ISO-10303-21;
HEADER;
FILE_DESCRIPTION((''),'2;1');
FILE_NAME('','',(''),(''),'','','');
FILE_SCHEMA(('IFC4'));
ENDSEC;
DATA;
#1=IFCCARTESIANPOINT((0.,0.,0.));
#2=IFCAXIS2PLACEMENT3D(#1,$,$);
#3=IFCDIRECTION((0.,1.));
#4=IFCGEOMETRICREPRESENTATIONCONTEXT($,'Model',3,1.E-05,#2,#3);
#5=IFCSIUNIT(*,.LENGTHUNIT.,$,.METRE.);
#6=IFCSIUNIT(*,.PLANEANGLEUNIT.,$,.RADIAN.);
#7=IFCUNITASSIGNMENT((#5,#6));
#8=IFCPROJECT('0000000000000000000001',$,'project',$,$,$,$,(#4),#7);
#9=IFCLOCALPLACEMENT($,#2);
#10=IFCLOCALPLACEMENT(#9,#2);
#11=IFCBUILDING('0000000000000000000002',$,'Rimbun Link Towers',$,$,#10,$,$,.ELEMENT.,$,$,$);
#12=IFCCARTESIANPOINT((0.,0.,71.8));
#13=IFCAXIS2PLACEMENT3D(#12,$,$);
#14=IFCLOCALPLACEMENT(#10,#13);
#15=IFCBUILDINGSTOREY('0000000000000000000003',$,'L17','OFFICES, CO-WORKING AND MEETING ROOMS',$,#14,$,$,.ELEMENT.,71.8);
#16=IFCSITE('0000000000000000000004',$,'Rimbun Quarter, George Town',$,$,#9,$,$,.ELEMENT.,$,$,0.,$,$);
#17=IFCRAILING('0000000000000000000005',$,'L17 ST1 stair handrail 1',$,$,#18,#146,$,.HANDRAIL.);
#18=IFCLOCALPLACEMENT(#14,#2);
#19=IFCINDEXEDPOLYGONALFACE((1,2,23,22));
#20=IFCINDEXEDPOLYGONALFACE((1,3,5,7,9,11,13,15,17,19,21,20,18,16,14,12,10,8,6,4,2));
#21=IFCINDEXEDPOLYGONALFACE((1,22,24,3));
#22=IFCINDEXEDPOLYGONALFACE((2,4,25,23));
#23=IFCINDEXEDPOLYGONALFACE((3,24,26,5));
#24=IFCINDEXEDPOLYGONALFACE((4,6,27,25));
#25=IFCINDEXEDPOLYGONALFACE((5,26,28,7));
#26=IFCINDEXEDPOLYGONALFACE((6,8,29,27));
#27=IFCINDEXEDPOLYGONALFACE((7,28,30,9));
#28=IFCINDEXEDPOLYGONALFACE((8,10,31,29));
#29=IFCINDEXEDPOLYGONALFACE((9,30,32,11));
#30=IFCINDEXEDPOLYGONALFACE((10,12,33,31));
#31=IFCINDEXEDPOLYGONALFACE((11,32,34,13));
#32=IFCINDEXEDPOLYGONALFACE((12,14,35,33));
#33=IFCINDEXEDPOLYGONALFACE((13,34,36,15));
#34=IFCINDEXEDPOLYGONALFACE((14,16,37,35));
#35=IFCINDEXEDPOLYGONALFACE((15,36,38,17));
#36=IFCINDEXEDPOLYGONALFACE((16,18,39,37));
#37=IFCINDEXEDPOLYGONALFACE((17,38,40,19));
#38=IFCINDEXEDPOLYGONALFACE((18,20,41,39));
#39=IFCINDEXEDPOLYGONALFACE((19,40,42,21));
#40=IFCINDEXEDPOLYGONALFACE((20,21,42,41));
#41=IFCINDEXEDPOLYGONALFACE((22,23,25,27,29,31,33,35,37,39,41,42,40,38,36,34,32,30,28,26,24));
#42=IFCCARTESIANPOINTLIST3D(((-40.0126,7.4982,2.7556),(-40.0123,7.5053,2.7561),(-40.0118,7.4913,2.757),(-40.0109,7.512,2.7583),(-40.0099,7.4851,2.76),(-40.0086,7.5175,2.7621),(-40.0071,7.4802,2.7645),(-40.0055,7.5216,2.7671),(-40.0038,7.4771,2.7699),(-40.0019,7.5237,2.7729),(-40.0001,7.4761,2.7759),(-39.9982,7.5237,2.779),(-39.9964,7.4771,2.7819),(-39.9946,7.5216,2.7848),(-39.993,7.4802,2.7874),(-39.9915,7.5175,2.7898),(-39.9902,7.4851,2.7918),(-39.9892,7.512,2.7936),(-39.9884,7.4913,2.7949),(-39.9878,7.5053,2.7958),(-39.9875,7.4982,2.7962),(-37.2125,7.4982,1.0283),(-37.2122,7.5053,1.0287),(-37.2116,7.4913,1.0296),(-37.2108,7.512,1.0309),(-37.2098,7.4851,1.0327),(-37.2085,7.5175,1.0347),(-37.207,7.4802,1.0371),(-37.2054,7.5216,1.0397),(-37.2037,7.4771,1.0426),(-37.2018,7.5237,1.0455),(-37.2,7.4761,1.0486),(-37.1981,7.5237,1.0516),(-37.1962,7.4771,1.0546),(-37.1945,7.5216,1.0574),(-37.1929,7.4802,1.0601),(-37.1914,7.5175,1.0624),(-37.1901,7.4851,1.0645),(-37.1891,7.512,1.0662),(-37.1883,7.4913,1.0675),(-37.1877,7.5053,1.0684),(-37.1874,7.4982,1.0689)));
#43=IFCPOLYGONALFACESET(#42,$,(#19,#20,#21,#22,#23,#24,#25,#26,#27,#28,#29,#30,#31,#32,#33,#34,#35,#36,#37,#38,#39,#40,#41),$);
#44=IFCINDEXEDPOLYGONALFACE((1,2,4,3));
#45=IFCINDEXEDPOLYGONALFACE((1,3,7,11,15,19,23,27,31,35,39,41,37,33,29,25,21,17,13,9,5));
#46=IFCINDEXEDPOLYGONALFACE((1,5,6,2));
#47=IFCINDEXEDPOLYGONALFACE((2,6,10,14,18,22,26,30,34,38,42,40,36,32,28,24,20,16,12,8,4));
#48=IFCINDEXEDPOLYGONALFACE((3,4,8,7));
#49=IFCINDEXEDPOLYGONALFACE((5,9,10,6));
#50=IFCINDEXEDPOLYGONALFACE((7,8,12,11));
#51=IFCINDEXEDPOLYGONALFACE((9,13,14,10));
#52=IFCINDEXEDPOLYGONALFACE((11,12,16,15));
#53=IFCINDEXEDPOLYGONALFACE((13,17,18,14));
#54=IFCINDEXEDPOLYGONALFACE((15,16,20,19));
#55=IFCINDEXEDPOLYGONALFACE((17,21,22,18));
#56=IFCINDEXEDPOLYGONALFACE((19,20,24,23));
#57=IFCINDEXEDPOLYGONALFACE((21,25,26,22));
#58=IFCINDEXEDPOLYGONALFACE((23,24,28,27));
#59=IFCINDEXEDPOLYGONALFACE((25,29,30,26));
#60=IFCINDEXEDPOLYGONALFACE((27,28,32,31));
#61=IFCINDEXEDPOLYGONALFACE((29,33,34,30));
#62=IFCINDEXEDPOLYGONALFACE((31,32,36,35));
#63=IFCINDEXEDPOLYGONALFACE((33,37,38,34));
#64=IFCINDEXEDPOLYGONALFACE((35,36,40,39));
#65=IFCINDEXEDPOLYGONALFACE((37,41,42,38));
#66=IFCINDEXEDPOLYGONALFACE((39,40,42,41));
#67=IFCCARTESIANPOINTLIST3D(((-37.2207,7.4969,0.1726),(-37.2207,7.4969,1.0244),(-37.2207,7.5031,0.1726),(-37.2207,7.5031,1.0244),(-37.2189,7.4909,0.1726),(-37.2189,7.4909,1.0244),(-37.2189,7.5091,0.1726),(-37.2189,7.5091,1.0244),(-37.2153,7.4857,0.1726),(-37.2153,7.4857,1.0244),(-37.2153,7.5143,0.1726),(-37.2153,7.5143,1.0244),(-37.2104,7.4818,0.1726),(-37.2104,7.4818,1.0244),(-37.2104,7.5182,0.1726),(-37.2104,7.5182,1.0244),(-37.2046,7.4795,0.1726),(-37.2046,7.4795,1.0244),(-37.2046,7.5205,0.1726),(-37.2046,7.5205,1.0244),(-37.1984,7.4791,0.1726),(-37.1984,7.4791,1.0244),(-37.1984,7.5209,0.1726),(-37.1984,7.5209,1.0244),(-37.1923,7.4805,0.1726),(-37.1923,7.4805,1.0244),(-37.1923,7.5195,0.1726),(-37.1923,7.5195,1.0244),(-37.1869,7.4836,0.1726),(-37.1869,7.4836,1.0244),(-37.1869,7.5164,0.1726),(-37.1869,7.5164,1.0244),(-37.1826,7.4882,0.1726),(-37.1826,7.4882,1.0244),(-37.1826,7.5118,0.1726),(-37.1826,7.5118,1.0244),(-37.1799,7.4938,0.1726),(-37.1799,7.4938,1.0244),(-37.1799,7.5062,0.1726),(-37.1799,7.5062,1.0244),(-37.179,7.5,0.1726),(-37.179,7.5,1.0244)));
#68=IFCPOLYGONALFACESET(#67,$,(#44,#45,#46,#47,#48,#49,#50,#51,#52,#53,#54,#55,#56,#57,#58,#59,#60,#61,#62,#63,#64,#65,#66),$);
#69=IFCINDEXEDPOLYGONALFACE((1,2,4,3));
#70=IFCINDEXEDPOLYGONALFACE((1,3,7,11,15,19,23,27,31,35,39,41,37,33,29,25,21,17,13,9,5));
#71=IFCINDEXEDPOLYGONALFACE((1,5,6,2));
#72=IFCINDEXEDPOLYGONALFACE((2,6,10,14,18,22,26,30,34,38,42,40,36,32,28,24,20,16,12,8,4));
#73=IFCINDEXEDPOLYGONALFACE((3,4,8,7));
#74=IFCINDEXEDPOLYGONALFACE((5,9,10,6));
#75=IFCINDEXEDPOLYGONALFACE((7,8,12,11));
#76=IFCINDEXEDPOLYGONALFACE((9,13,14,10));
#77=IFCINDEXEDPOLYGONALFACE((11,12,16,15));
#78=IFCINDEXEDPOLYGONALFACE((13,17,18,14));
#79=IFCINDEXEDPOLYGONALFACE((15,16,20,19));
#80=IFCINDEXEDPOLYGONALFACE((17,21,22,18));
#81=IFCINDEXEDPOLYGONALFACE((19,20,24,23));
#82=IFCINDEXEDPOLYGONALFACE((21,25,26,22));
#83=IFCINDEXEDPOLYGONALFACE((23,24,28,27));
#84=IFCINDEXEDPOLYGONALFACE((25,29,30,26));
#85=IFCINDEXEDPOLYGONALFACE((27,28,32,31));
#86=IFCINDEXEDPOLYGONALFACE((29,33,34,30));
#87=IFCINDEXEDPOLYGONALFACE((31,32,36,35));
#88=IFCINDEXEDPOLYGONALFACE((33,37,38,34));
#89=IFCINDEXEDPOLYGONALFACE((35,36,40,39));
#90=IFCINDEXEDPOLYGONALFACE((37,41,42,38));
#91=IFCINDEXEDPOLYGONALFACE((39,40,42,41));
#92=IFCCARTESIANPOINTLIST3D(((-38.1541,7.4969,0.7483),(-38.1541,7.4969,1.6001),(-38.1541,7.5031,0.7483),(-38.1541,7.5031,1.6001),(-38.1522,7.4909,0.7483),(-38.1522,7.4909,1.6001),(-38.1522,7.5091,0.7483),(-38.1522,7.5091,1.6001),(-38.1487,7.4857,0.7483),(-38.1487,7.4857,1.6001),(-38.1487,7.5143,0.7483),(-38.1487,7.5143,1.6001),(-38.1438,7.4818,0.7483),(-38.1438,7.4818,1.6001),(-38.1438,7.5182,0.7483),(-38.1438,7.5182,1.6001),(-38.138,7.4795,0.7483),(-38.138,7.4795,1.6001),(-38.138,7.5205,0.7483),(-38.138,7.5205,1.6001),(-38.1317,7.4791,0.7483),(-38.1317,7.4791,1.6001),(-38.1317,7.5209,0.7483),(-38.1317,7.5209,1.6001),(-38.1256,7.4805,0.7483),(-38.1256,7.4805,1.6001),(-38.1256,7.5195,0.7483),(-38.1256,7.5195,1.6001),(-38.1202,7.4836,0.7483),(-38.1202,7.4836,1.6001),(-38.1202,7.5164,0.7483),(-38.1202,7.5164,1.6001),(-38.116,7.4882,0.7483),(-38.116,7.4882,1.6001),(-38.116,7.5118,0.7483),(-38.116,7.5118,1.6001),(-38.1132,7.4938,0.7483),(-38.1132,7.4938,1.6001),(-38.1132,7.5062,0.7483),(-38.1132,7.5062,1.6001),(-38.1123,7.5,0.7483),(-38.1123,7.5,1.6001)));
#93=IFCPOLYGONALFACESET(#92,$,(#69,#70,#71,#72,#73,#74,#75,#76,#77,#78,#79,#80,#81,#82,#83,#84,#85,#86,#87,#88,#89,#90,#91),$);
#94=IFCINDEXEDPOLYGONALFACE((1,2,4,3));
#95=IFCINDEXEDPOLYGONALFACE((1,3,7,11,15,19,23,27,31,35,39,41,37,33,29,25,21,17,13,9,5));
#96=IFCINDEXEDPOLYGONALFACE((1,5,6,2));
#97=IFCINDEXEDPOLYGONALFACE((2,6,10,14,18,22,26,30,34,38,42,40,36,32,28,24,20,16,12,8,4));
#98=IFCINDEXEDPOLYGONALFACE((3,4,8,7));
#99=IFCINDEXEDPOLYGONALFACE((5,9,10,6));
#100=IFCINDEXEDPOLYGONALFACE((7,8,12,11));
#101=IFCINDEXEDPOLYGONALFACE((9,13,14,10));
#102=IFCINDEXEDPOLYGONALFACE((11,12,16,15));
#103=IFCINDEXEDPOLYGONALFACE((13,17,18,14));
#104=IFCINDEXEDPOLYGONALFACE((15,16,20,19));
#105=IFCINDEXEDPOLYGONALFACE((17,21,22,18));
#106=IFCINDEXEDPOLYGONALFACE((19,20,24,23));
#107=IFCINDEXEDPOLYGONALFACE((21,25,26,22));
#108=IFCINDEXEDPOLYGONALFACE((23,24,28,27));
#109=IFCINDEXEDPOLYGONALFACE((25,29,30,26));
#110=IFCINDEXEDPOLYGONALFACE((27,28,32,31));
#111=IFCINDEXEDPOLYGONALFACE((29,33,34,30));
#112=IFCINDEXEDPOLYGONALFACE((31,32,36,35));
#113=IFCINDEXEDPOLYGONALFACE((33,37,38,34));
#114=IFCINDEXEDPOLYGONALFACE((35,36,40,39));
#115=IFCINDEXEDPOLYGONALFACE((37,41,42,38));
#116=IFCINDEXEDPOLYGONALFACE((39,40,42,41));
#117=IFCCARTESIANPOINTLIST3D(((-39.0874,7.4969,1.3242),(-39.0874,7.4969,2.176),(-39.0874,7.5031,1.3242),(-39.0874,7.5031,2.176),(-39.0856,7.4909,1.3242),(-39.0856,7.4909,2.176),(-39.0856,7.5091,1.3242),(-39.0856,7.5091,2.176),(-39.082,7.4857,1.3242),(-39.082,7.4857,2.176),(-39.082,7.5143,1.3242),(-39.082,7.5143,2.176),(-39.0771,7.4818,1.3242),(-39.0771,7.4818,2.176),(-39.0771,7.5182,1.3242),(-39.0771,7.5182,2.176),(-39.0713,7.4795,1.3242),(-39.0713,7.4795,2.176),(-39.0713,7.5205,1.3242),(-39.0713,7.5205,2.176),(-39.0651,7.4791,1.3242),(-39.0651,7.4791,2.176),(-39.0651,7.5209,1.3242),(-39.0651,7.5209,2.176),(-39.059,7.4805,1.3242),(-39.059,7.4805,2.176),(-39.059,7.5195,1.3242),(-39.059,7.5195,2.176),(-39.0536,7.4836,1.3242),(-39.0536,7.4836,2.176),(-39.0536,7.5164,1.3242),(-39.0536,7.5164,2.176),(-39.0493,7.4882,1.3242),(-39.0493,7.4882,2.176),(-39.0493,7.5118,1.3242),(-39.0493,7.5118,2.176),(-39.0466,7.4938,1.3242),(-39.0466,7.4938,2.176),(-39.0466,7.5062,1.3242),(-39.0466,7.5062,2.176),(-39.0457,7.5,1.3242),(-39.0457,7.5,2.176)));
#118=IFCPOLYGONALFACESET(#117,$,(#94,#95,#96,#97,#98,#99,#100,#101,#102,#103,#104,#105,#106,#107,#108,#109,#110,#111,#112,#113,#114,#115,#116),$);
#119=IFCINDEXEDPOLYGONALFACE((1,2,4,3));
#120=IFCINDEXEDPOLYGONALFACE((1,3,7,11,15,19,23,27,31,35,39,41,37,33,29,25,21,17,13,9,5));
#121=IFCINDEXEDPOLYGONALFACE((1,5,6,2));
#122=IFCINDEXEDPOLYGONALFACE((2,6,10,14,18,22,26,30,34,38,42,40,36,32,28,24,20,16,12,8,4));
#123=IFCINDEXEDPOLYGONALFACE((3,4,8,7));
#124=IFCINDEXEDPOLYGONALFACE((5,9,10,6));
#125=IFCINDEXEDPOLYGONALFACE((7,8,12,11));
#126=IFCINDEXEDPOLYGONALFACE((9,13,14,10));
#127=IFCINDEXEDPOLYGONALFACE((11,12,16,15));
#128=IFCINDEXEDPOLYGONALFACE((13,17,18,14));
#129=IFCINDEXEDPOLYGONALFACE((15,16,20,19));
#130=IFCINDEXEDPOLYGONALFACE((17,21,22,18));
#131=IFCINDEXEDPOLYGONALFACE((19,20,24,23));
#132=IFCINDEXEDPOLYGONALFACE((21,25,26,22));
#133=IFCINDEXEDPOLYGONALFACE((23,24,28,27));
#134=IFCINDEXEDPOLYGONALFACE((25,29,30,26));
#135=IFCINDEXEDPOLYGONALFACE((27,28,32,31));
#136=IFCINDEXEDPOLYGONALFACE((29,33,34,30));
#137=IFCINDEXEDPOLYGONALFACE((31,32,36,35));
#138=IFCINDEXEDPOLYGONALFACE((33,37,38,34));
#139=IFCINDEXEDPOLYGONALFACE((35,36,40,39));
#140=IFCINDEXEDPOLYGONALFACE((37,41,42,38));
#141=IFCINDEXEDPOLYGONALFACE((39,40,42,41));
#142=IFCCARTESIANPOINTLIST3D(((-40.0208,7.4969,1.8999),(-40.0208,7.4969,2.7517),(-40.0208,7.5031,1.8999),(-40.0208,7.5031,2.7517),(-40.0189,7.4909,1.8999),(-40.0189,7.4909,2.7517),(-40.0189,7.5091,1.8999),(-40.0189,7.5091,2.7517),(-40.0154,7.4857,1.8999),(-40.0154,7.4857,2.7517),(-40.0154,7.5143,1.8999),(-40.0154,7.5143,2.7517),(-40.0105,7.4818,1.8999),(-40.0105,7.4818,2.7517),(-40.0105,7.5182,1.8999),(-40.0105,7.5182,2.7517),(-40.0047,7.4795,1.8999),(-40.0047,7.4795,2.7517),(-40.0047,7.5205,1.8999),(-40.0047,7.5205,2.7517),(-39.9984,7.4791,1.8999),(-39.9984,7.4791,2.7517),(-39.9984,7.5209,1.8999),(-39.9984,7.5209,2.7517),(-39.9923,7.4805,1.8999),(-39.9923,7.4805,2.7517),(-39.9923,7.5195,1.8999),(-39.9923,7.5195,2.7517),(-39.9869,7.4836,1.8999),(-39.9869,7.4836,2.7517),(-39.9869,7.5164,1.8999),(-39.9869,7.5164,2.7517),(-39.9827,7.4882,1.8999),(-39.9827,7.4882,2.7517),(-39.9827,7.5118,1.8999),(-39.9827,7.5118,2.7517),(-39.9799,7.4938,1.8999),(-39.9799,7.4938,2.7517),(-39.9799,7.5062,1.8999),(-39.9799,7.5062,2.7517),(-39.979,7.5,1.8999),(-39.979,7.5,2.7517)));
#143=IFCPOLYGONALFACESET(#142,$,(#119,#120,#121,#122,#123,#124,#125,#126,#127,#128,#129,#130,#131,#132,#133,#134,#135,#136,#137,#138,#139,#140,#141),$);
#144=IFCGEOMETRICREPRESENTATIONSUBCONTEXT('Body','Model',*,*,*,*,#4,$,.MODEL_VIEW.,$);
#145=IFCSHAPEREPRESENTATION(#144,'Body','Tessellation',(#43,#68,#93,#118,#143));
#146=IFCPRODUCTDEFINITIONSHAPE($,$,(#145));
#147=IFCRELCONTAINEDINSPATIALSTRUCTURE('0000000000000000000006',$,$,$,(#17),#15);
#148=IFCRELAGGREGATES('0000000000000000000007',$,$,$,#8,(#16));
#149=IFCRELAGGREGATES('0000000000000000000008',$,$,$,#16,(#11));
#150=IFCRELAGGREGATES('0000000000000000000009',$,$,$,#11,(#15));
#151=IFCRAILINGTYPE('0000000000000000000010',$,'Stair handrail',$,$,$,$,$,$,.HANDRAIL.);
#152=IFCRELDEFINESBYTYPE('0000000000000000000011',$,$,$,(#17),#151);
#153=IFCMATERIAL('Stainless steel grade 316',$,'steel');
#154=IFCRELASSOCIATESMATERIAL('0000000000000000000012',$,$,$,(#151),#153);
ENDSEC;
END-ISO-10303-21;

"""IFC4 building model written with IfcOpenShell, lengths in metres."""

from ifc_helpers import new_model, si_unit, direction, frame, origin, origin_2d, place, context, subcontext, project, spatial, circle, extrude, material, type_object, element, save


model = new_model("IFC4")

# Units and contexts
model_context = context("Model", 3, precision=1e-05, world=origin(), true_north=direction((0.0, 1.0)))
body_context = subcontext(model_context, "Body", "Model", "MODEL_VIEW")
ifc_project = project(units=[si_unit("LENGTHUNIT", "METRE"), si_unit("PLANEANGLEUNIT", "RADIAN")], contexts=[model_context])

# Site, building, storey
site_placement = place(None, origin())
site = spatial("IfcSite", under=ifc_project, at=site_placement, Name="Rimbun Quarter, George Town", CompositionType="ELEMENT", RefElevation=0.0)
building_placement = place(site_placement, origin())
building = spatial("IfcBuilding", under=site, at=building_placement, Name="Rimbun Link Towers", CompositionType="ELEMENT")
storey_placement = place(building_placement, frame((0.0, 0.0, 71.8)))
storey = spatial("IfcBuildingStorey", under=building, at=storey_placement, Name="L17", Description="OFFICES, CO-WORKING AND MEETING ROOMS", CompositionType="ELEMENT", Elevation=71.8)

# Railing
ifc_material_1 = material(Name="Stainless steel grade 316", Category="steel")
railing_type_1 = type_object("IfcRailingType", Name="Stair handrail", PredefinedType="HANDRAIL", material=ifc_material_1)
railing_1_placement = place(storey_placement, frame((-37.2, 7.5, 0.1726)))
element("IfcRailing", 1, at=railing_1_placement, inside=storey, type_object=railing_type_1, Name="L17 ST1 stair handrail 1", PredefinedType="HANDRAIL", context=body_context, shape_type="SweptSolid", body=[
    extrude(circle(Radius=0.0239, at=origin_2d()), frame((0.0, 0.0, 0.876), z_axis=(-0.85109, 0.0, 0.52502), x_axis=(0.0, -1.0, 0.0)), (0.0, 0.0, 1.0), 3.29),
    extrude(circle(Radius=0.021, at=origin_2d()), origin(), (0.0, 0.0, 1.0), 0.8518),
    extrude(circle(Radius=0.021, at=origin_2d()), frame((-0.9333, 0.0, 0.5757)), (0.0, 0.0, 1.0), 0.8518),
    extrude(circle(Radius=0.021, at=origin_2d()), frame((-1.8667, 0.0, 1.1516)), (0.0, 0.0, 1.0), 0.8518),
    extrude(circle(Radius=0.021, at=origin_2d()), frame((-2.8, 0.0, 1.7273)), (0.0, 0.0, 1.0), 0.8518),
])

save(model, "model.ifc")
